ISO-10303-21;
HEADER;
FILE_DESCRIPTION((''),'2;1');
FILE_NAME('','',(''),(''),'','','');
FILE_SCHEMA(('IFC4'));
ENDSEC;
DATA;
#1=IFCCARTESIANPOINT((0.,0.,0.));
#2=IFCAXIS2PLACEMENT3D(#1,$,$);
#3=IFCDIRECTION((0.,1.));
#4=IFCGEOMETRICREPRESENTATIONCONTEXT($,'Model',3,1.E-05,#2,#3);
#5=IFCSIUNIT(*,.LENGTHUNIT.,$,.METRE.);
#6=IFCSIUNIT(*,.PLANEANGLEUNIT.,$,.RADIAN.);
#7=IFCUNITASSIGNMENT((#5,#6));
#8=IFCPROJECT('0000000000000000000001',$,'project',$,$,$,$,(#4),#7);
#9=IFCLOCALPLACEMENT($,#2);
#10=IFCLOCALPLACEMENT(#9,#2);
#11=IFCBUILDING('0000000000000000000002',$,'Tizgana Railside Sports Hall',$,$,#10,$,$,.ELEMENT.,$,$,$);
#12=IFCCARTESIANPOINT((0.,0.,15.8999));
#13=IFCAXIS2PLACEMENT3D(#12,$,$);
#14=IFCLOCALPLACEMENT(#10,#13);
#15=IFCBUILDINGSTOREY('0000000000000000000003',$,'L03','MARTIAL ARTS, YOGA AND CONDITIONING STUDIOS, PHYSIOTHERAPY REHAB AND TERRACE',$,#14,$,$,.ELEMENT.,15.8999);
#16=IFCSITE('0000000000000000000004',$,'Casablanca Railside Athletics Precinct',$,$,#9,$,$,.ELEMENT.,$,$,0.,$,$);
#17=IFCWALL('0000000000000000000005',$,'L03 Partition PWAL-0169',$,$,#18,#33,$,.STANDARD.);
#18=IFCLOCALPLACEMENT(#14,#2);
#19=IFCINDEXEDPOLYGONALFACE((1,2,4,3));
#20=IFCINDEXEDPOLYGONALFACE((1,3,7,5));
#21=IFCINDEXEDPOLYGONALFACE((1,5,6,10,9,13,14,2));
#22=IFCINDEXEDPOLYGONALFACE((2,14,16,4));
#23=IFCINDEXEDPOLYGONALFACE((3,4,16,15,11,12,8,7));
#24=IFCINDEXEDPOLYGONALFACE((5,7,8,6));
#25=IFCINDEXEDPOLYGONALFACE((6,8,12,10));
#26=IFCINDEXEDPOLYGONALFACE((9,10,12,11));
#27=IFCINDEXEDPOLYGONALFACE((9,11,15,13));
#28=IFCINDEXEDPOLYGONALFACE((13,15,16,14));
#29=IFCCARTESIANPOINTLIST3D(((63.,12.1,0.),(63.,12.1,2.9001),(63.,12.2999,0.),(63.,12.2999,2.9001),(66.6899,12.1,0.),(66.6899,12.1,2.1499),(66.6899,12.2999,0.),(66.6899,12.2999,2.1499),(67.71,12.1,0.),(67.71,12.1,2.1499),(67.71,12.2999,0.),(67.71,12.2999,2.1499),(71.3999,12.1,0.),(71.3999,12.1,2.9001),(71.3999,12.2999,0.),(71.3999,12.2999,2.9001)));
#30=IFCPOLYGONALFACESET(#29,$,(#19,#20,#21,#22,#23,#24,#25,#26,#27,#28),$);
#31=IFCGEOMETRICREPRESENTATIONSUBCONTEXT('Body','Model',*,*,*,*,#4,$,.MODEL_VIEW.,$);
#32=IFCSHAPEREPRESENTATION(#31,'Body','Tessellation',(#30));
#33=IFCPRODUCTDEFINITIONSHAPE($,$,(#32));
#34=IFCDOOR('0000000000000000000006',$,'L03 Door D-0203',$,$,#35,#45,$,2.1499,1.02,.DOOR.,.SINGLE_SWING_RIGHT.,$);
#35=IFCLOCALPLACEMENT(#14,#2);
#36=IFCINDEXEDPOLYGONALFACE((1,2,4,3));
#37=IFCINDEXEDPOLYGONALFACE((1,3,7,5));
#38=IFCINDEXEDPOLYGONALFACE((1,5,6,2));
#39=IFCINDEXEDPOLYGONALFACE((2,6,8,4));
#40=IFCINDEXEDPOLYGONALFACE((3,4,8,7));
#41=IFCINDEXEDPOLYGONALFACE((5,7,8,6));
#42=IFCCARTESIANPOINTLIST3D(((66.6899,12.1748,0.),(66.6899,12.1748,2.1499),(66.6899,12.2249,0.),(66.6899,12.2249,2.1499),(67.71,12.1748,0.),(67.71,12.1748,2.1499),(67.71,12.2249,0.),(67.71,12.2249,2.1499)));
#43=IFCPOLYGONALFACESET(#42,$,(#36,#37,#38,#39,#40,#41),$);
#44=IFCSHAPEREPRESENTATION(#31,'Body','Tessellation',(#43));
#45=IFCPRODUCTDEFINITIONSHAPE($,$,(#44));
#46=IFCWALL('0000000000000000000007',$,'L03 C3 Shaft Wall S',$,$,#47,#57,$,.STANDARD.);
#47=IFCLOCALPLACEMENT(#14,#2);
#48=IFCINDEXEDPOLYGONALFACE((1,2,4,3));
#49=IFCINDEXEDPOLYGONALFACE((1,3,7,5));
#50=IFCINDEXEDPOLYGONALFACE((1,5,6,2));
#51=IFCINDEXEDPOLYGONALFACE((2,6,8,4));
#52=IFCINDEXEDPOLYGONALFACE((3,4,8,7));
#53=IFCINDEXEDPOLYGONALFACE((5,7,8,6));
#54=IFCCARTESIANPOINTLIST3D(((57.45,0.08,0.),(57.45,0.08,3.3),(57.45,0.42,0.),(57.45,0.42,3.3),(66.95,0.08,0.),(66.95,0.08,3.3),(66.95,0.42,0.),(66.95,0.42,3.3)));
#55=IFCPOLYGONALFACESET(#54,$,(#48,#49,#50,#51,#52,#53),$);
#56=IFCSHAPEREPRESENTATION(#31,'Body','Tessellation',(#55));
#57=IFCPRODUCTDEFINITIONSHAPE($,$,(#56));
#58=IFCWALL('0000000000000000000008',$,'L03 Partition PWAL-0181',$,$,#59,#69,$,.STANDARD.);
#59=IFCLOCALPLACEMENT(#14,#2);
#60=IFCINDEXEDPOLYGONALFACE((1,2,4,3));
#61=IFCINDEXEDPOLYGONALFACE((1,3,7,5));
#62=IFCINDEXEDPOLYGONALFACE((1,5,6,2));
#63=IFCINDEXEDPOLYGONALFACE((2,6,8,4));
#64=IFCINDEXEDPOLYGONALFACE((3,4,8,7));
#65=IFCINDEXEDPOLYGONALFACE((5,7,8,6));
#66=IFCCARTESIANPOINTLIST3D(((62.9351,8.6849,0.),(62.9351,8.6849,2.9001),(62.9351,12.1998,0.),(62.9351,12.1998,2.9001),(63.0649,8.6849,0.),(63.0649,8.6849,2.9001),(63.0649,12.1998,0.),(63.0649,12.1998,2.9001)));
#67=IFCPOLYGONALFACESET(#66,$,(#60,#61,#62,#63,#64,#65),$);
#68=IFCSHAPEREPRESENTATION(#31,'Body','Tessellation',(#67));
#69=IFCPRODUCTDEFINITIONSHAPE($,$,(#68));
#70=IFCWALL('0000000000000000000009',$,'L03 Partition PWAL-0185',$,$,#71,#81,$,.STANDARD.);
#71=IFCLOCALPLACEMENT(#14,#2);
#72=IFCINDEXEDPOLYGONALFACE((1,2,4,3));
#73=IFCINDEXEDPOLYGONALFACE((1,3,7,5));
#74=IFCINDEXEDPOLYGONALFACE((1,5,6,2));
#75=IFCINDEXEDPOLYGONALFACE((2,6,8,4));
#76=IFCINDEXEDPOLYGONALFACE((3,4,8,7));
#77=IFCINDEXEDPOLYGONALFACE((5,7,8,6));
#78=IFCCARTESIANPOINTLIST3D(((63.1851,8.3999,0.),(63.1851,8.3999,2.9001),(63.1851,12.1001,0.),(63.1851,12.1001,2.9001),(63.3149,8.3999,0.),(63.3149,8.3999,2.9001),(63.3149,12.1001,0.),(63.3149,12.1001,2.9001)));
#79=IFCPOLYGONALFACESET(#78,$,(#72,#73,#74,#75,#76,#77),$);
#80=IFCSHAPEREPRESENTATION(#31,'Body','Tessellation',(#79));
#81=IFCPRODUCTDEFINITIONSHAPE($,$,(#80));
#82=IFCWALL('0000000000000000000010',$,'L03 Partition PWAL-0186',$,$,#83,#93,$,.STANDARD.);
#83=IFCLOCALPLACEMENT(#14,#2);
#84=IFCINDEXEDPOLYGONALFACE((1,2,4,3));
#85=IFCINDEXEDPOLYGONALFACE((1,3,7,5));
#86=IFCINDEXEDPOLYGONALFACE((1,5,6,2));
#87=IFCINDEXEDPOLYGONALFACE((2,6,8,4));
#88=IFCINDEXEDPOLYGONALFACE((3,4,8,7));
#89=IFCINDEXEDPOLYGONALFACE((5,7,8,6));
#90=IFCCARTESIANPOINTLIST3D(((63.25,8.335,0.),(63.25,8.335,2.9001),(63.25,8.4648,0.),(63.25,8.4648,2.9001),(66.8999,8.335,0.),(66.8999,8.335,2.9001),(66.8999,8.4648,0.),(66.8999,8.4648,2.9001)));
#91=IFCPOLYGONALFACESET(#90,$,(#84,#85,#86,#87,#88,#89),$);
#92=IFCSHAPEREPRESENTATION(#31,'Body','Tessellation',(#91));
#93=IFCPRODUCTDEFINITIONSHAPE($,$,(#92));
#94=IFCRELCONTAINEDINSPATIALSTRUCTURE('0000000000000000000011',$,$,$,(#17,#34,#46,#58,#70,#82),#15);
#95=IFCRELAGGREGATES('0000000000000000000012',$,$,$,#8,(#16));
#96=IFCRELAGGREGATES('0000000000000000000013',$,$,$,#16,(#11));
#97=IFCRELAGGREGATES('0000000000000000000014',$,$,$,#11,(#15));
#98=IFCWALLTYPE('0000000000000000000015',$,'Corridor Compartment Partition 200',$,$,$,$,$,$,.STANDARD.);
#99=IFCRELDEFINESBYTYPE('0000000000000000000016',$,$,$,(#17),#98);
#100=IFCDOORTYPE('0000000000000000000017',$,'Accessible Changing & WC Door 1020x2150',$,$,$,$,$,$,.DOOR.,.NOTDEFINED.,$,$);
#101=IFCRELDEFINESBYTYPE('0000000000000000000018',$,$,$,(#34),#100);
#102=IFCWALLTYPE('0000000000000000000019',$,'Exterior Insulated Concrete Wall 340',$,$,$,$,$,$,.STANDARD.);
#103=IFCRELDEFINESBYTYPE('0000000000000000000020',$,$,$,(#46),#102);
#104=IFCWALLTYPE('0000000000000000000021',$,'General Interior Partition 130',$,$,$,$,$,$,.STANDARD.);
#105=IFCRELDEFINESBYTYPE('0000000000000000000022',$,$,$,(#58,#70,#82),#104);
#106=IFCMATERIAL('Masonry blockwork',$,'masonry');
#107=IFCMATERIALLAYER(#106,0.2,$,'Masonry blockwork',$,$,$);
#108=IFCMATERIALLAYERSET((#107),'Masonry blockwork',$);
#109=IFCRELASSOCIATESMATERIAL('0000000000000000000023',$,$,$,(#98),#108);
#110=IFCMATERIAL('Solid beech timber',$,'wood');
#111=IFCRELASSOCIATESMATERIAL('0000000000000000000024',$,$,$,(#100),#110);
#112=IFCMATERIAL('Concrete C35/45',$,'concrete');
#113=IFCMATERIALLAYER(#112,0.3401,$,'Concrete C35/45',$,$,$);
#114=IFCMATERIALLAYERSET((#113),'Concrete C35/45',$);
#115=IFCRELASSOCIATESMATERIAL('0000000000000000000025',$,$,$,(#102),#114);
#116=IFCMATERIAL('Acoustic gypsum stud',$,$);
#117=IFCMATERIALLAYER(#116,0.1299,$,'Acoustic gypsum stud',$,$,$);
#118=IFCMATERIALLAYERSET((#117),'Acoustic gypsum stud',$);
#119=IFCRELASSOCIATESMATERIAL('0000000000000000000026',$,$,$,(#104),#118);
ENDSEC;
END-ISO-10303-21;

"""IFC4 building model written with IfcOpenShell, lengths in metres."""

from ifc_helpers import new_model, si_unit, direction, frame, frame_2d, origin, place, context, subcontext, project, spatial, rectangle, extrude, material, layer, layer_set, type_object, element, fill, save


model = new_model("IFC4")

# Units and contexts
model_context = context("Model", 3, precision=1e-05, world=origin(), true_north=direction((0.0, 1.0)))
body_context = subcontext(model_context, "Body", "Model", "MODEL_VIEW")
ifc_project = project(units=[si_unit("LENGTHUNIT", "METRE"), si_unit("PLANEANGLEUNIT", "RADIAN")], contexts=[model_context])

# Site, building, storey
site_placement = place(None, origin())
site = spatial("IfcSite", under=ifc_project, at=site_placement, Name="Casablanca Railside Athletics Precinct", CompositionType="ELEMENT", RefElevation=0.0)
building_placement = place(site_placement, origin())
building = spatial("IfcBuilding", under=site, at=building_placement, Name="Tizgana Railside Sports Hall", CompositionType="ELEMENT")
storey_placement = place(building_placement, frame((0.0, 0.0, 15.8999)))
storey = spatial("IfcBuildingStorey", under=building, at=storey_placement, Name="L03", Description="MARTIAL ARTS, YOGA AND CONDITIONING STUDIOS, PHYSIOTHERAPY REHAB AND TERRACE", CompositionType="ELEMENT", Elevation=15.8999)

# Wall, opening, door
ifc_material_1 = material(Name="Masonry blockwork", Category="masonry")
ifc_layer_1 = layer(ifc_material_1, 0.2, Name="Masonry blockwork")
ifc_layer_set_1 = layer_set([ifc_layer_1], Name="Masonry blockwork")
wall_type_1 = type_object("IfcWallType", Name="Corridor Compartment Partition 200", PredefinedType="STANDARD", material=ifc_layer_set_1)
wall_1_placement = place(storey_placement, frame((63.0, 12.2, 0.0), z_axis=(0.0, 0.0, 1.0), x_axis=(1.0, 0.0, 0.0)))
wall_1 = element("IfcWall", 1, at=wall_1_placement, inside=storey, type_object=wall_type_1, Name="L03 Partition PWAL-0169", PredefinedType="STANDARD", context=body_context, shape_type="SweptSolid", body=[
    extrude(rectangle(XDim=8.3999, YDim=0.2, at=frame_2d((4.2, 0.0))), origin(), (0.0, 0.0, 1.0), 2.9001),
])
opening_1_placement = place(wall_1_placement, frame((3.6899, 0.0, 0.0)))
opening_1 = element("IfcOpeningElement", 2, at=opening_1_placement, cuts=wall_1, PredefinedType="OPENING", context=body_context, shape_type="SweptSolid", body=[
    extrude(rectangle(XDim=1.02, YDim=2.1499, at=frame_2d((0.51, 1.075))), frame((0.0, 0.1099, 0.0), z_axis=(0.0, -1.0, 0.0), x_axis=(1.0, 0.0, 0.0)), (0.0, 0.0, 1.0), 0.22),
])
ifc_material_2 = material(Name="Solid beech timber", Category="wood")
door_type_1 = type_object("IfcDoorType", Name="Accessible Changing & WC Door 1020x2150", OperationType="NOTDEFINED", PredefinedType="DOOR", material=ifc_material_2)
door_1_placement = place(opening_1_placement, origin())
door_1 = element("IfcDoor", 3, at=door_1_placement, inside=storey, type_object=door_type_1, Name="L03 Door D-0203", OperationType="SINGLE_SWING_RIGHT", OverallHeight=2.1499, OverallWidth=1.02, PredefinedType="DOOR", context=body_context, shape_type="SweptSolid", body=[
    extrude(rectangle(XDim=1.02, YDim=2.1499, at=frame_2d((0.51, 1.075))), frame((0.0, 0.0249, 0.0), z_axis=(0.0, -1.0, 0.0), x_axis=(1.0, 0.0, 0.0)), (0.0, 0.0, 1.0), 0.05),
])
fill(opening_1, door_1)

# Walls
ifc_material_3 = material(Name="Concrete C35/45", Category="concrete")
ifc_layer_2 = layer(ifc_material_3, 0.3401, Name="Concrete C35/45")
ifc_layer_set_2 = layer_set([ifc_layer_2], Name="Concrete C35/45")
wall_type_2 = type_object("IfcWallType", Name="Exterior Insulated Concrete Wall 340", PredefinedType="STANDARD", material=ifc_layer_set_2)
wall_2_placement = place(storey_placement, frame((66.95, 0.25, 0.0), z_axis=(0.0, 0.0, 1.0), x_axis=(-1.0, 0.0, 0.0)))
element("IfcWall", 4, at=wall_2_placement, inside=storey, type_object=wall_type_2, Name="L03 C3 Shaft Wall S", PredefinedType="STANDARD", context=body_context, shape_type="SweptSolid", body=[
    extrude(rectangle(XDim=9.5, YDim=0.3401, at=frame_2d((4.75, 0.0))), origin(), (0.0, 0.0, 1.0), 3.3),
])
ifc_material_4 = material(Name="Acoustic gypsum stud")
ifc_layer_3 = layer(ifc_material_4, 0.1299, Name="Acoustic gypsum stud")
ifc_layer_set_3 = layer_set([ifc_layer_3], Name="Acoustic gypsum stud")
wall_type_3 = type_object("IfcWallType", Name="General Interior Partition 130", PredefinedType="STANDARD", material=ifc_layer_set_3)
wall_3_placement = place(storey_placement, frame((63.0, 8.6851, 0.0), z_axis=(0.0, 0.0, 1.0), x_axis=(0.0, 1.0, 0.0)))
element("IfcWall", 5, at=wall_3_placement, inside=storey, type_object=wall_type_3, Name="L03 Partition PWAL-0181", PredefinedType="STANDARD", context=body_context, shape_type="SweptSolid", body=[
    extrude(rectangle(XDim=3.5149, YDim=0.1299, at=frame_2d((1.7573, 0.0))), origin(), (0.0, 0.0, 1.0), 2.9001),
])
wall_4_placement = place(storey_placement, frame((63.25, 8.3999, 0.0), z_axis=(0.0, 0.0, 1.0), x_axis=(0.0, 1.0, 0.0)))
element("IfcWall", 6, at=wall_4_placement, inside=storey, type_object=wall_type_3, Name="L03 Partition PWAL-0185", PredefinedType="STANDARD", context=body_context, shape_type="SweptSolid", body=[
    extrude(rectangle(XDim=3.7002, YDim=0.1299, at=frame_2d((1.8501, 0.0))), origin(), (0.0, 0.0, 1.0), 2.9001),
])
wall_5_placement = place(storey_placement, frame((63.25, 8.3999, 0.0), z_axis=(0.0, 0.0, 1.0), x_axis=(1.0, 0.0, 0.0)))
element("IfcWall", 7, at=wall_5_placement, inside=storey, type_object=wall_type_3, Name="L03 Partition PWAL-0186", PredefinedType="STANDARD", context=body_context, shape_type="SweptSolid", body=[
    extrude(rectangle(XDim=3.6499, YDim=0.1299, at=frame_2d((1.825, 0.0))), origin(), (0.0, 0.0, 1.0), 2.9001),
])

save(model, "model.ifc")
